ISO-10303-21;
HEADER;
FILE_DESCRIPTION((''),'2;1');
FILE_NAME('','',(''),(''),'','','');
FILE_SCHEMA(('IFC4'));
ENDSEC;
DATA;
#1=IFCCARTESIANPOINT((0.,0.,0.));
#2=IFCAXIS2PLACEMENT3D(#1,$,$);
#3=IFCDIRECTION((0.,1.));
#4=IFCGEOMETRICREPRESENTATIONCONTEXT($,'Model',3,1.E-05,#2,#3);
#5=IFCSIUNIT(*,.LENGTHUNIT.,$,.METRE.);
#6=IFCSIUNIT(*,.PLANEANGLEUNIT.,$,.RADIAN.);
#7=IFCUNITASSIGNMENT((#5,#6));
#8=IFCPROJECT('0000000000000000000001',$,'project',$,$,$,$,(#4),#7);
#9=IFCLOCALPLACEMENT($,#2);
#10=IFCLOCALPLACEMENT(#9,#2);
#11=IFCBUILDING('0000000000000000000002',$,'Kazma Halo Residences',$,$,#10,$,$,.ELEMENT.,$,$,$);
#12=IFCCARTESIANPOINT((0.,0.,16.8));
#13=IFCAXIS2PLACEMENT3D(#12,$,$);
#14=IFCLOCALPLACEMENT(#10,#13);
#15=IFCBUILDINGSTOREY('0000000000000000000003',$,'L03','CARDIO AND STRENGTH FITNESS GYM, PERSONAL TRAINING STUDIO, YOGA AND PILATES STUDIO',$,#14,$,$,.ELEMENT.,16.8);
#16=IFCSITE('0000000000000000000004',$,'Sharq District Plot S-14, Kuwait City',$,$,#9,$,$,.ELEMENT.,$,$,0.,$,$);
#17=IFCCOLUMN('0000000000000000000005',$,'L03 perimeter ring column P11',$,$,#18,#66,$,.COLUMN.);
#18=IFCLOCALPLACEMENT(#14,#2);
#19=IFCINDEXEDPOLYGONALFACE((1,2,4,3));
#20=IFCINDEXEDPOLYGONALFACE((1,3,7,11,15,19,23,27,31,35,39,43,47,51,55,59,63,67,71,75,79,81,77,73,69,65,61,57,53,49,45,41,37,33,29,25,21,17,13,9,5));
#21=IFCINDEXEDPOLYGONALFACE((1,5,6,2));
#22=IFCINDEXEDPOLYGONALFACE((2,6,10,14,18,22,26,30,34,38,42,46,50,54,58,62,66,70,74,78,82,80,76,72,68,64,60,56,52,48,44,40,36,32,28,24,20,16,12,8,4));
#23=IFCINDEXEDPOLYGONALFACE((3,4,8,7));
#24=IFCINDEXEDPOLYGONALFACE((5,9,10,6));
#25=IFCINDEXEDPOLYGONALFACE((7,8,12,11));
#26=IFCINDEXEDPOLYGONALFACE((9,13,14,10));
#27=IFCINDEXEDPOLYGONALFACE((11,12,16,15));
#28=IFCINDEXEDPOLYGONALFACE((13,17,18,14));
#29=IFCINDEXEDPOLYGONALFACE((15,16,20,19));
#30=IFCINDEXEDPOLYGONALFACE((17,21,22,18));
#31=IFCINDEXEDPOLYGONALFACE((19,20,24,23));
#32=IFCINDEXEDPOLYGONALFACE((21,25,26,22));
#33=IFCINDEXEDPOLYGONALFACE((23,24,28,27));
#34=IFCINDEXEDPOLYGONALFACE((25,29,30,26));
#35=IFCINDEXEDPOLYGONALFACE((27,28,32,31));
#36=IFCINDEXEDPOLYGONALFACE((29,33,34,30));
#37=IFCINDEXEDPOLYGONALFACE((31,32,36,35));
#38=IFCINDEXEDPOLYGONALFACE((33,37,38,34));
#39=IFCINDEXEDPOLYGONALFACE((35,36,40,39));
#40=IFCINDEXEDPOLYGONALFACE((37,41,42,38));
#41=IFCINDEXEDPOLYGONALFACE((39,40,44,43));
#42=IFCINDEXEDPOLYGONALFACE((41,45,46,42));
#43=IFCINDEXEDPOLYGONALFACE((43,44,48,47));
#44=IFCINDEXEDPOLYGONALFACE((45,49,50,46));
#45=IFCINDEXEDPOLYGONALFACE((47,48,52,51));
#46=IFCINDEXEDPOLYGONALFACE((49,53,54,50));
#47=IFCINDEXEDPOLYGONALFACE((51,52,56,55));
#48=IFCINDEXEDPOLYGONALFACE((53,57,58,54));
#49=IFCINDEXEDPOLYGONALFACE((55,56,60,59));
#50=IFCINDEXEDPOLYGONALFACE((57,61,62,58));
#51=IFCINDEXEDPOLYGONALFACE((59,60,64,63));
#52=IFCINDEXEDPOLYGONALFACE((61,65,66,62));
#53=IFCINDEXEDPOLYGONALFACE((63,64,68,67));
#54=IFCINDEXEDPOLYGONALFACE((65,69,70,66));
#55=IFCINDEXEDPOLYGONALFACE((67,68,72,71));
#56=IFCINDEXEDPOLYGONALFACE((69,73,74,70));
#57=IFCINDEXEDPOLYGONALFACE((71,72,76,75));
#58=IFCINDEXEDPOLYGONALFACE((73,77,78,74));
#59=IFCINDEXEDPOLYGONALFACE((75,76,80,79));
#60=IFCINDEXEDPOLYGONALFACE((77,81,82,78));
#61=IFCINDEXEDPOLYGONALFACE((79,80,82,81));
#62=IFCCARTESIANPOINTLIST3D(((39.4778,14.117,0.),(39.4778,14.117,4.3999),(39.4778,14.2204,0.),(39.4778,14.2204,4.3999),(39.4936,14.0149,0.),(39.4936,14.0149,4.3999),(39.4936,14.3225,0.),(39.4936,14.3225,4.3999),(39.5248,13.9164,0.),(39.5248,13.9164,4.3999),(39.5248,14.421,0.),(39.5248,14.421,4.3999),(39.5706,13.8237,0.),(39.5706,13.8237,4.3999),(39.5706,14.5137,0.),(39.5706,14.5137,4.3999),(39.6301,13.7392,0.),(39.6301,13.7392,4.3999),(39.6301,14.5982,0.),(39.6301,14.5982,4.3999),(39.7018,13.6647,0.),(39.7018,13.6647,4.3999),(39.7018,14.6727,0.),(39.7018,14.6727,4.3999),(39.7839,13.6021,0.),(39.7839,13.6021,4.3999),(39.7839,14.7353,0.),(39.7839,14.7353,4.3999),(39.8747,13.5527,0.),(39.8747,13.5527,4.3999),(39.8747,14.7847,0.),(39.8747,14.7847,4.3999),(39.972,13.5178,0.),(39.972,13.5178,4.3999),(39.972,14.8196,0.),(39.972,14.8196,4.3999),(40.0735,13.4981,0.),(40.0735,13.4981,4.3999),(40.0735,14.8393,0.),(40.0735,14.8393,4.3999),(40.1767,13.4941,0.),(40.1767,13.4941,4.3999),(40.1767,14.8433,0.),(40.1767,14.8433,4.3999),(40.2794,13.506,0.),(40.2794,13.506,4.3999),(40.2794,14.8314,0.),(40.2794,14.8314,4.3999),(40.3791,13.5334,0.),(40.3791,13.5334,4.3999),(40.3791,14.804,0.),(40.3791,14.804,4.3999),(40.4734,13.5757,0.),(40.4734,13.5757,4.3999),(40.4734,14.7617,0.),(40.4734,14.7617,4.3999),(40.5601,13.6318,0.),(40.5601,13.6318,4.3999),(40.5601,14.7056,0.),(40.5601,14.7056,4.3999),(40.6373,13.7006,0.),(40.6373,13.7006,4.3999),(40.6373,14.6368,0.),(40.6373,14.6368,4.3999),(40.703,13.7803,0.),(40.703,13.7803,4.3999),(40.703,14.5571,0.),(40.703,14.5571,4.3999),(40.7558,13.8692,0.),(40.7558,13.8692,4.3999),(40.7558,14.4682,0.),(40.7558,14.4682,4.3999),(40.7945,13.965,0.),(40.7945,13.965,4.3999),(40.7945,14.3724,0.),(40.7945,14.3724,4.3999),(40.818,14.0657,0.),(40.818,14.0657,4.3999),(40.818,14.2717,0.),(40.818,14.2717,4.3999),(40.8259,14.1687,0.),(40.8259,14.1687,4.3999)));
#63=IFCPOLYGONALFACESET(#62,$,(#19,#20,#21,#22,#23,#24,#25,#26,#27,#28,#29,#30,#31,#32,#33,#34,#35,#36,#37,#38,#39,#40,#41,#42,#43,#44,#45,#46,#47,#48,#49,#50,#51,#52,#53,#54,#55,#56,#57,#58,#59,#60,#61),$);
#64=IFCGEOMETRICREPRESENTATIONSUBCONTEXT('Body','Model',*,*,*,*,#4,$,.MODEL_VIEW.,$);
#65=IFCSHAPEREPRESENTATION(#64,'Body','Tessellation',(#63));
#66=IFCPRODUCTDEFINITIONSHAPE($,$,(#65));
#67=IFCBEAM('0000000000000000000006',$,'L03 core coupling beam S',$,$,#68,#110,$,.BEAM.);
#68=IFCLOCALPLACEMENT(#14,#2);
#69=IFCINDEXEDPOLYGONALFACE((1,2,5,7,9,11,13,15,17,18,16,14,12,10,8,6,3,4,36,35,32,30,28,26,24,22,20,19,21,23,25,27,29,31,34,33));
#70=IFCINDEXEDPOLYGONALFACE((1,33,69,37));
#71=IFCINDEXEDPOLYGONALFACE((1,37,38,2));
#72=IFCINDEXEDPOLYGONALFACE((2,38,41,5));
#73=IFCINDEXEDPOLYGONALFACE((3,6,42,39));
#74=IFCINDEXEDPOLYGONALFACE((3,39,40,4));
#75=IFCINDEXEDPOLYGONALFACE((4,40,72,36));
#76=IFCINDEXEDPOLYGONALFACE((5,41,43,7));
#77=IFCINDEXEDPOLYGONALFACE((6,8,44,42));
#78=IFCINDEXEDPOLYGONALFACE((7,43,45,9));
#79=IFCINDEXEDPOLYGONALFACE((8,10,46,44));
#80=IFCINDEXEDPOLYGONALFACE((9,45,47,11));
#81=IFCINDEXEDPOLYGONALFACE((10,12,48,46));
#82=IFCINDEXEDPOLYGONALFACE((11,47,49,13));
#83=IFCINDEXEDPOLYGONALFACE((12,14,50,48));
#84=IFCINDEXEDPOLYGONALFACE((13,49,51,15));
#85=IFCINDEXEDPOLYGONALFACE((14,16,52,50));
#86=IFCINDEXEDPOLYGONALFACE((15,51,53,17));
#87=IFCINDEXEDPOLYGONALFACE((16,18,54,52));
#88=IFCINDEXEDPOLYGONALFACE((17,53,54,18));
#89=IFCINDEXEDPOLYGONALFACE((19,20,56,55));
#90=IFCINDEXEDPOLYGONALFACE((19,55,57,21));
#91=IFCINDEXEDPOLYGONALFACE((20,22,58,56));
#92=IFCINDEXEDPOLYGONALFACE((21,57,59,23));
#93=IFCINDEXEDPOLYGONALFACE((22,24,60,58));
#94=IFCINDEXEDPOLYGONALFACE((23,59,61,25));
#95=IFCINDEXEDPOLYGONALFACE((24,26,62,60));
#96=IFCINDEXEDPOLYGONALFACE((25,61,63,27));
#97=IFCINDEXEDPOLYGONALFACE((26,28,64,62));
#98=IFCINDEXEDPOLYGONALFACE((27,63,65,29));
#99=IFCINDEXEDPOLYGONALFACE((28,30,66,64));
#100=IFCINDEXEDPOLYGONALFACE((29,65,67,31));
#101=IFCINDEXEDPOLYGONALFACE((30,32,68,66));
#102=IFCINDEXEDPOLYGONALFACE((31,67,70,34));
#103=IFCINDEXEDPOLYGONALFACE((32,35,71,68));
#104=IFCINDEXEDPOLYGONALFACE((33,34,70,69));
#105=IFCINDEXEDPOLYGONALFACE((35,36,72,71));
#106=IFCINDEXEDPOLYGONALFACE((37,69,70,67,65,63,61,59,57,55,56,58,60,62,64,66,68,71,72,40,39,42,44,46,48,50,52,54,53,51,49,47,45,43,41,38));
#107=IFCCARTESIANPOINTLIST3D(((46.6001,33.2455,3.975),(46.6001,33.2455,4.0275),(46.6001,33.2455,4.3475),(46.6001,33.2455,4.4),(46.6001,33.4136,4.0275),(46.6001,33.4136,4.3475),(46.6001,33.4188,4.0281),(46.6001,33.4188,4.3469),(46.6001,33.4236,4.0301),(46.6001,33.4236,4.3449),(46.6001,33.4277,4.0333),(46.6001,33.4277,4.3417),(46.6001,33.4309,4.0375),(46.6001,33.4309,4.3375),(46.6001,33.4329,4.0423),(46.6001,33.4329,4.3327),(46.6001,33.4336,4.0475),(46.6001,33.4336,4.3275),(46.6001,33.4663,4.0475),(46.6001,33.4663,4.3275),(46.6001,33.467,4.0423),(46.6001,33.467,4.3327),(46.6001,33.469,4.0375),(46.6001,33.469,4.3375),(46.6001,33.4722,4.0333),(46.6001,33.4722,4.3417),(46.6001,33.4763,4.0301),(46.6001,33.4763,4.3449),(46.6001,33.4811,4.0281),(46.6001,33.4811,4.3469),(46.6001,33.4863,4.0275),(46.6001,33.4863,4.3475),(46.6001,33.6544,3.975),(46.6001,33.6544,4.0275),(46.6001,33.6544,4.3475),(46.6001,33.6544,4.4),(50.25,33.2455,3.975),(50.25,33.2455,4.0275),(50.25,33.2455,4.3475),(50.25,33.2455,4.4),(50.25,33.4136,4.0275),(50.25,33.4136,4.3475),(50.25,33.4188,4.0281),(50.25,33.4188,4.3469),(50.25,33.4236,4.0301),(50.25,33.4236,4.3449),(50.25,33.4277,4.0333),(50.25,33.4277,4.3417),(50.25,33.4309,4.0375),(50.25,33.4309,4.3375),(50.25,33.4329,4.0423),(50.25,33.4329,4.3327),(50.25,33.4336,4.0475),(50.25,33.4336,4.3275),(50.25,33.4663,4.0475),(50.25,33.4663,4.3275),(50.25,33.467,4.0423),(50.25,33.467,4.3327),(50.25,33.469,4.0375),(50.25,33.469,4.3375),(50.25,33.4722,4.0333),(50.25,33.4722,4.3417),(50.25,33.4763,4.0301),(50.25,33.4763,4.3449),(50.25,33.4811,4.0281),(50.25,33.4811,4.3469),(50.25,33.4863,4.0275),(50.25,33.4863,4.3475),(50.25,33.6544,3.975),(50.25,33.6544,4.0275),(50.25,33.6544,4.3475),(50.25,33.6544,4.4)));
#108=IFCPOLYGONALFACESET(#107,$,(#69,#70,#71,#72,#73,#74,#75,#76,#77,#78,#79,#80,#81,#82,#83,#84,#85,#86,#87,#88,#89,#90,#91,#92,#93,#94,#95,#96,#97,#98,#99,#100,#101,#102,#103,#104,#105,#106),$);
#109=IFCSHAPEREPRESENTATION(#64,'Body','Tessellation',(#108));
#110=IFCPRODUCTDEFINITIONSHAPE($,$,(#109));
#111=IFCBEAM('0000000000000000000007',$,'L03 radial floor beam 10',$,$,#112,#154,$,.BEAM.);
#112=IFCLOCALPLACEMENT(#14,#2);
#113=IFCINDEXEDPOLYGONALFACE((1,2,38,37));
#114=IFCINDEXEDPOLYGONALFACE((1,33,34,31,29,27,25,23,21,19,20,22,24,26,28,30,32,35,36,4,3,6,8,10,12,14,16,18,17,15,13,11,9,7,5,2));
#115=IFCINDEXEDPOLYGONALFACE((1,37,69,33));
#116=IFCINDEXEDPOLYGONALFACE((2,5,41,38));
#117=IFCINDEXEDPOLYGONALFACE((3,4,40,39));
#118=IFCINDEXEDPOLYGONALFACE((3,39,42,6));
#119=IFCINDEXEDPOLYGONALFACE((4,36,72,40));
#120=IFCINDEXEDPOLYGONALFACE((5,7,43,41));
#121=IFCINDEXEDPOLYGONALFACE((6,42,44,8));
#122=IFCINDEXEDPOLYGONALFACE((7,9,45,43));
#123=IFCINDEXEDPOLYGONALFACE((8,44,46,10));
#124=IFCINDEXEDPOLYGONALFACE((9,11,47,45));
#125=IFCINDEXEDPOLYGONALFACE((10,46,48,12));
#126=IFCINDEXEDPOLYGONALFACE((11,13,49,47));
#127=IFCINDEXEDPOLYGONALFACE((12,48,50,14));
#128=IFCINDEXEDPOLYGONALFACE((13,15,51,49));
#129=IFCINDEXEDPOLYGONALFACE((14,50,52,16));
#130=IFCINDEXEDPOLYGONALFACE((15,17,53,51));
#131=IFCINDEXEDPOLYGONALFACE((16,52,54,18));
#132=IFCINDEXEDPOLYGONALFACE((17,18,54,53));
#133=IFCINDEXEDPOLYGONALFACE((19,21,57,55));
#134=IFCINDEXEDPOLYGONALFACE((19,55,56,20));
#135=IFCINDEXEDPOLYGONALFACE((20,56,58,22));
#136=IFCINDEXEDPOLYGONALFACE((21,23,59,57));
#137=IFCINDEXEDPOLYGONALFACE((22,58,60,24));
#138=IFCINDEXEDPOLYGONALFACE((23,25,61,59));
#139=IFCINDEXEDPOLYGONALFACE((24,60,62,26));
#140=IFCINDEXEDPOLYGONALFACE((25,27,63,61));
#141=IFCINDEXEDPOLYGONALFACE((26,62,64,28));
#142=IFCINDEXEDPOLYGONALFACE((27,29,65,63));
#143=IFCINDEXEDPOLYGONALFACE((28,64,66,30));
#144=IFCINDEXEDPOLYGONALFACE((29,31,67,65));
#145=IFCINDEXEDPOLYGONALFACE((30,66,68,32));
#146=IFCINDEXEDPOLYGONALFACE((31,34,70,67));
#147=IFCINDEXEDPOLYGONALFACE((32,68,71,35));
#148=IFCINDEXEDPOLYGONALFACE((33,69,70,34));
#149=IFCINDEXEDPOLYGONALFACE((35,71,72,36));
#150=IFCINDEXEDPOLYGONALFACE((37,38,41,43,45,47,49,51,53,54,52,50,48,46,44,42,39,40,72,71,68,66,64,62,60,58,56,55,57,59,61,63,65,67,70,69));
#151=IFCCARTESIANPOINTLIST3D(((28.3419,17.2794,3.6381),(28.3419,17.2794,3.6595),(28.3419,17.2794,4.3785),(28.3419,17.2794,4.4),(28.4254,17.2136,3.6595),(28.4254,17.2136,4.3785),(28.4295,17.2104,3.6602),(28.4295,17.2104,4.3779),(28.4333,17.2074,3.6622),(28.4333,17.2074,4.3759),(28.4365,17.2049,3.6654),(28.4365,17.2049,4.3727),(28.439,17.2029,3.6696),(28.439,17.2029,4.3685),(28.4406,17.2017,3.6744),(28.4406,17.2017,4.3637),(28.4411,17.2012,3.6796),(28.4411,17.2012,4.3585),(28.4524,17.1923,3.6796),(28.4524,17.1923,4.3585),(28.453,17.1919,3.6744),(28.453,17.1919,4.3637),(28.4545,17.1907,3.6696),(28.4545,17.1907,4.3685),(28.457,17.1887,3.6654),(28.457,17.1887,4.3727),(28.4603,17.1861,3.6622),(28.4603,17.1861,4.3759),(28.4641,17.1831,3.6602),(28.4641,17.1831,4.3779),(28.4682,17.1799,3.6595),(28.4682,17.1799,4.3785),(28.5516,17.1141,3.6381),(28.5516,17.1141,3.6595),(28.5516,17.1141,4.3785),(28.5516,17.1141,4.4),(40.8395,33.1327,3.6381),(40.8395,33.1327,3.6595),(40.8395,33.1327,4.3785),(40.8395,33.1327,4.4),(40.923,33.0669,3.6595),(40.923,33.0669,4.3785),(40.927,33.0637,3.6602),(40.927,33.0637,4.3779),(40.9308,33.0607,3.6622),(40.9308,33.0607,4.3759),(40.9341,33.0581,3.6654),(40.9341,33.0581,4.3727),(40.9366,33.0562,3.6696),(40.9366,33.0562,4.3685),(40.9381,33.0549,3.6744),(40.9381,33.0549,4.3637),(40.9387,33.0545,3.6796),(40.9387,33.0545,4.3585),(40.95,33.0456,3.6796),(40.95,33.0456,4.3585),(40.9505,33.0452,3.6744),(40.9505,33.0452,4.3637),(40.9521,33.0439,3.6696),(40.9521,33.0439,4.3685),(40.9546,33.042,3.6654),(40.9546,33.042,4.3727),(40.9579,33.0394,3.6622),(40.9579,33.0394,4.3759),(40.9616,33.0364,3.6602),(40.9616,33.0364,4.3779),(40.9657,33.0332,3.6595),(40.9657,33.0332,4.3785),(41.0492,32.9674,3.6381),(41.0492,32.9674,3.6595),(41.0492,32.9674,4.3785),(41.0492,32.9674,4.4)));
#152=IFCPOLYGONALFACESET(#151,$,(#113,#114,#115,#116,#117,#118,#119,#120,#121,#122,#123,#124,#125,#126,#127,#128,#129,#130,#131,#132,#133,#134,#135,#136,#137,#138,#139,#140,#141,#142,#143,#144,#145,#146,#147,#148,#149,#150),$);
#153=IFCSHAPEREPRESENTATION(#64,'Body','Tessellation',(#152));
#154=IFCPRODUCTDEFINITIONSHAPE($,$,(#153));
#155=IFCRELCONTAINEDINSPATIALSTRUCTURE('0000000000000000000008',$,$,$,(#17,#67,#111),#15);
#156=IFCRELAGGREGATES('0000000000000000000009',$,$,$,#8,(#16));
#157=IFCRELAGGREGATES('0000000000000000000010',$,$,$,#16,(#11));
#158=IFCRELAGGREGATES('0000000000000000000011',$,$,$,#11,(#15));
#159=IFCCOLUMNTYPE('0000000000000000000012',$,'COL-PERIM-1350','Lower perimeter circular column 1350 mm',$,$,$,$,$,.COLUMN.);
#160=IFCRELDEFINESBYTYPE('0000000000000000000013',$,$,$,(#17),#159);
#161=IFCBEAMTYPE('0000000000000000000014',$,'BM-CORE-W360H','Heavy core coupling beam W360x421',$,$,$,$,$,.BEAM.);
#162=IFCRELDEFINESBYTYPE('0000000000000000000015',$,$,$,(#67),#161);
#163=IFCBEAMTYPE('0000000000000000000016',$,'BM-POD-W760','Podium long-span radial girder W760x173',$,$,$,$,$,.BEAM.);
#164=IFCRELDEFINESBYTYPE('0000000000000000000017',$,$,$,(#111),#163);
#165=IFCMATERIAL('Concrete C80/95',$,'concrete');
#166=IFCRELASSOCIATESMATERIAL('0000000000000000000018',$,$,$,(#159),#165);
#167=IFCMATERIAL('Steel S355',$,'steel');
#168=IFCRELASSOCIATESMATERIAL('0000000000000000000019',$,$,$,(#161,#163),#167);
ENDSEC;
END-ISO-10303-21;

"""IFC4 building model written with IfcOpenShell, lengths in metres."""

from ifc_helpers import new_model, si_unit, direction, frame, origin, origin_2d, place, context, subcontext, project, spatial, circle, i_section, extrude, material, material_profile, profile_set, type_object, element, save


model = new_model("IFC4")

# Units and contexts
model_context = context("Model", 3, precision=1e-05, world=origin(), true_north=direction((0.0, 1.0)))
body_context = subcontext(model_context, "Body", "Model", "MODEL_VIEW")
ifc_project = project(units=[si_unit("LENGTHUNIT", "METRE"), si_unit("PLANEANGLEUNIT", "RADIAN")], contexts=[model_context])

# Site, building, storey
site_placement = place(None, origin())
site = spatial("IfcSite", under=ifc_project, at=site_placement, Name="Sharq District Plot S-14, Kuwait City", CompositionType="ELEMENT", RefElevation=0.0)
building_placement = place(site_placement, origin())
building = spatial("IfcBuilding", under=site, at=building_placement, Name="Kazma Halo Residences", CompositionType="ELEMENT")
storey_placement = place(building_placement, frame((0.0, 0.0, 16.8)))
storey = spatial("IfcBuildingStorey", under=building, at=storey_placement, Name="L03", Description="CARDIO AND STRENGTH FITNESS GYM, PERSONAL TRAINING STUDIO, YOGA AND PILATES STUDIO", CompositionType="ELEMENT", Elevation=16.8)

# Column
ifc_material_1 = material(Name="Concrete C80/95", Category="concrete")
ifc_material_profile_1 = material_profile(ifc_material_1, circle(Radius=0.675, at=origin_2d()), Name="CIRC1350")
ifc_profile_set_1 = profile_set([ifc_material_profile_1], Name="Concrete C80/95")
column_type = type_object("IfcColumnType", Name="COL-PERIM-1350", Description="Lower perimeter circular column 1350 mm", PredefinedType="COLUMN", material=ifc_profile_set_1)
column_placement = place(storey_placement, frame((40.1509, 14.1687, 0.0), z_axis=(0.0, 0.0, 1.0), x_axis=(1.0, 0.0, 0.0)))
element("IfcColumn", 1, at=column_placement, inside=storey, type_object=column_type, Name="L03 perimeter ring column P11", PredefinedType="COLUMN", context=body_context, shape_type="SweptSolid", body=[
    extrude(circle(Radius=0.675, at=origin_2d()), origin(), (0.0, 0.0, 1.0), 4.3999),
])

# Beams
ifc_material_2 = material(Name="Steel S355", Category="steel")
ifc_material_profile_2 = material_profile(ifc_material_2, i_section(OverallWidth=0.4089, OverallDepth=0.425, WebThickness=0.0327, FlangeThickness=0.0525, FilletRadius=0.02, at=origin_2d()), Name="W360x421")
ifc_profile_set_2 = profile_set([ifc_material_profile_2], Name="Steel S355")
beam_type_1 = type_object("IfcBeamType", Name="BM-CORE-W360H", Description="Heavy core coupling beam W360x421", PredefinedType="BEAM", material=ifc_profile_set_2)
beam_1_placement = place(storey_placement, frame((46.6001, 33.45, 4.1875), z_axis=(1.0, 0.0, 0.0), x_axis=(0.0, 1.0, 0.0)))
element("IfcBeam", 2, at=beam_1_placement, inside=storey, type_object=beam_type_1, Name="L03 core coupling beam S", PredefinedType="BEAM", context=body_context, shape_type="SweptSolid", body=[
    extrude(i_section(OverallWidth=0.4089, OverallDepth=0.425, WebThickness=0.0327, FlangeThickness=0.0525, FilletRadius=0.02, at=origin_2d()), origin(), (0.0, 0.0, 1.0), 3.6499),
])
ifc_material_profile_3 = material_profile(ifc_material_2, i_section(OverallWidth=0.2671, OverallDepth=0.762, WebThickness=0.0144, FlangeThickness=0.0215, FilletRadius=0.02, at=origin_2d()), Name="W760x173")
ifc_profile_set_3 = profile_set([ifc_material_profile_3], Name="Steel S355")
beam_type_2 = type_object("IfcBeamType", Name="BM-POD-W760", Description="Podium long-span radial girder W760x173", PredefinedType="BEAM", material=ifc_profile_set_3)
beam_2_placement = place(storey_placement, frame((40.9443, 33.05, 4.019), z_axis=(-0.619089, -0.785321, 0.0), x_axis=(0.785321, -0.619089, 0.0)))
element("IfcBeam", 3, at=beam_2_placement, inside=storey, type_object=beam_type_2, Name="L03 radial floor beam 10", PredefinedType="BEAM", context=body_context, shape_type="SweptSolid", body=[
    extrude(i_section(OverallWidth=0.2671, OverallDepth=0.762, WebThickness=0.0144, FlangeThickness=0.0215, FilletRadius=0.02, at=origin_2d()), origin(), (0.0, 0.0, 1.0), 20.187),
])

save(model, "model.ifc")
